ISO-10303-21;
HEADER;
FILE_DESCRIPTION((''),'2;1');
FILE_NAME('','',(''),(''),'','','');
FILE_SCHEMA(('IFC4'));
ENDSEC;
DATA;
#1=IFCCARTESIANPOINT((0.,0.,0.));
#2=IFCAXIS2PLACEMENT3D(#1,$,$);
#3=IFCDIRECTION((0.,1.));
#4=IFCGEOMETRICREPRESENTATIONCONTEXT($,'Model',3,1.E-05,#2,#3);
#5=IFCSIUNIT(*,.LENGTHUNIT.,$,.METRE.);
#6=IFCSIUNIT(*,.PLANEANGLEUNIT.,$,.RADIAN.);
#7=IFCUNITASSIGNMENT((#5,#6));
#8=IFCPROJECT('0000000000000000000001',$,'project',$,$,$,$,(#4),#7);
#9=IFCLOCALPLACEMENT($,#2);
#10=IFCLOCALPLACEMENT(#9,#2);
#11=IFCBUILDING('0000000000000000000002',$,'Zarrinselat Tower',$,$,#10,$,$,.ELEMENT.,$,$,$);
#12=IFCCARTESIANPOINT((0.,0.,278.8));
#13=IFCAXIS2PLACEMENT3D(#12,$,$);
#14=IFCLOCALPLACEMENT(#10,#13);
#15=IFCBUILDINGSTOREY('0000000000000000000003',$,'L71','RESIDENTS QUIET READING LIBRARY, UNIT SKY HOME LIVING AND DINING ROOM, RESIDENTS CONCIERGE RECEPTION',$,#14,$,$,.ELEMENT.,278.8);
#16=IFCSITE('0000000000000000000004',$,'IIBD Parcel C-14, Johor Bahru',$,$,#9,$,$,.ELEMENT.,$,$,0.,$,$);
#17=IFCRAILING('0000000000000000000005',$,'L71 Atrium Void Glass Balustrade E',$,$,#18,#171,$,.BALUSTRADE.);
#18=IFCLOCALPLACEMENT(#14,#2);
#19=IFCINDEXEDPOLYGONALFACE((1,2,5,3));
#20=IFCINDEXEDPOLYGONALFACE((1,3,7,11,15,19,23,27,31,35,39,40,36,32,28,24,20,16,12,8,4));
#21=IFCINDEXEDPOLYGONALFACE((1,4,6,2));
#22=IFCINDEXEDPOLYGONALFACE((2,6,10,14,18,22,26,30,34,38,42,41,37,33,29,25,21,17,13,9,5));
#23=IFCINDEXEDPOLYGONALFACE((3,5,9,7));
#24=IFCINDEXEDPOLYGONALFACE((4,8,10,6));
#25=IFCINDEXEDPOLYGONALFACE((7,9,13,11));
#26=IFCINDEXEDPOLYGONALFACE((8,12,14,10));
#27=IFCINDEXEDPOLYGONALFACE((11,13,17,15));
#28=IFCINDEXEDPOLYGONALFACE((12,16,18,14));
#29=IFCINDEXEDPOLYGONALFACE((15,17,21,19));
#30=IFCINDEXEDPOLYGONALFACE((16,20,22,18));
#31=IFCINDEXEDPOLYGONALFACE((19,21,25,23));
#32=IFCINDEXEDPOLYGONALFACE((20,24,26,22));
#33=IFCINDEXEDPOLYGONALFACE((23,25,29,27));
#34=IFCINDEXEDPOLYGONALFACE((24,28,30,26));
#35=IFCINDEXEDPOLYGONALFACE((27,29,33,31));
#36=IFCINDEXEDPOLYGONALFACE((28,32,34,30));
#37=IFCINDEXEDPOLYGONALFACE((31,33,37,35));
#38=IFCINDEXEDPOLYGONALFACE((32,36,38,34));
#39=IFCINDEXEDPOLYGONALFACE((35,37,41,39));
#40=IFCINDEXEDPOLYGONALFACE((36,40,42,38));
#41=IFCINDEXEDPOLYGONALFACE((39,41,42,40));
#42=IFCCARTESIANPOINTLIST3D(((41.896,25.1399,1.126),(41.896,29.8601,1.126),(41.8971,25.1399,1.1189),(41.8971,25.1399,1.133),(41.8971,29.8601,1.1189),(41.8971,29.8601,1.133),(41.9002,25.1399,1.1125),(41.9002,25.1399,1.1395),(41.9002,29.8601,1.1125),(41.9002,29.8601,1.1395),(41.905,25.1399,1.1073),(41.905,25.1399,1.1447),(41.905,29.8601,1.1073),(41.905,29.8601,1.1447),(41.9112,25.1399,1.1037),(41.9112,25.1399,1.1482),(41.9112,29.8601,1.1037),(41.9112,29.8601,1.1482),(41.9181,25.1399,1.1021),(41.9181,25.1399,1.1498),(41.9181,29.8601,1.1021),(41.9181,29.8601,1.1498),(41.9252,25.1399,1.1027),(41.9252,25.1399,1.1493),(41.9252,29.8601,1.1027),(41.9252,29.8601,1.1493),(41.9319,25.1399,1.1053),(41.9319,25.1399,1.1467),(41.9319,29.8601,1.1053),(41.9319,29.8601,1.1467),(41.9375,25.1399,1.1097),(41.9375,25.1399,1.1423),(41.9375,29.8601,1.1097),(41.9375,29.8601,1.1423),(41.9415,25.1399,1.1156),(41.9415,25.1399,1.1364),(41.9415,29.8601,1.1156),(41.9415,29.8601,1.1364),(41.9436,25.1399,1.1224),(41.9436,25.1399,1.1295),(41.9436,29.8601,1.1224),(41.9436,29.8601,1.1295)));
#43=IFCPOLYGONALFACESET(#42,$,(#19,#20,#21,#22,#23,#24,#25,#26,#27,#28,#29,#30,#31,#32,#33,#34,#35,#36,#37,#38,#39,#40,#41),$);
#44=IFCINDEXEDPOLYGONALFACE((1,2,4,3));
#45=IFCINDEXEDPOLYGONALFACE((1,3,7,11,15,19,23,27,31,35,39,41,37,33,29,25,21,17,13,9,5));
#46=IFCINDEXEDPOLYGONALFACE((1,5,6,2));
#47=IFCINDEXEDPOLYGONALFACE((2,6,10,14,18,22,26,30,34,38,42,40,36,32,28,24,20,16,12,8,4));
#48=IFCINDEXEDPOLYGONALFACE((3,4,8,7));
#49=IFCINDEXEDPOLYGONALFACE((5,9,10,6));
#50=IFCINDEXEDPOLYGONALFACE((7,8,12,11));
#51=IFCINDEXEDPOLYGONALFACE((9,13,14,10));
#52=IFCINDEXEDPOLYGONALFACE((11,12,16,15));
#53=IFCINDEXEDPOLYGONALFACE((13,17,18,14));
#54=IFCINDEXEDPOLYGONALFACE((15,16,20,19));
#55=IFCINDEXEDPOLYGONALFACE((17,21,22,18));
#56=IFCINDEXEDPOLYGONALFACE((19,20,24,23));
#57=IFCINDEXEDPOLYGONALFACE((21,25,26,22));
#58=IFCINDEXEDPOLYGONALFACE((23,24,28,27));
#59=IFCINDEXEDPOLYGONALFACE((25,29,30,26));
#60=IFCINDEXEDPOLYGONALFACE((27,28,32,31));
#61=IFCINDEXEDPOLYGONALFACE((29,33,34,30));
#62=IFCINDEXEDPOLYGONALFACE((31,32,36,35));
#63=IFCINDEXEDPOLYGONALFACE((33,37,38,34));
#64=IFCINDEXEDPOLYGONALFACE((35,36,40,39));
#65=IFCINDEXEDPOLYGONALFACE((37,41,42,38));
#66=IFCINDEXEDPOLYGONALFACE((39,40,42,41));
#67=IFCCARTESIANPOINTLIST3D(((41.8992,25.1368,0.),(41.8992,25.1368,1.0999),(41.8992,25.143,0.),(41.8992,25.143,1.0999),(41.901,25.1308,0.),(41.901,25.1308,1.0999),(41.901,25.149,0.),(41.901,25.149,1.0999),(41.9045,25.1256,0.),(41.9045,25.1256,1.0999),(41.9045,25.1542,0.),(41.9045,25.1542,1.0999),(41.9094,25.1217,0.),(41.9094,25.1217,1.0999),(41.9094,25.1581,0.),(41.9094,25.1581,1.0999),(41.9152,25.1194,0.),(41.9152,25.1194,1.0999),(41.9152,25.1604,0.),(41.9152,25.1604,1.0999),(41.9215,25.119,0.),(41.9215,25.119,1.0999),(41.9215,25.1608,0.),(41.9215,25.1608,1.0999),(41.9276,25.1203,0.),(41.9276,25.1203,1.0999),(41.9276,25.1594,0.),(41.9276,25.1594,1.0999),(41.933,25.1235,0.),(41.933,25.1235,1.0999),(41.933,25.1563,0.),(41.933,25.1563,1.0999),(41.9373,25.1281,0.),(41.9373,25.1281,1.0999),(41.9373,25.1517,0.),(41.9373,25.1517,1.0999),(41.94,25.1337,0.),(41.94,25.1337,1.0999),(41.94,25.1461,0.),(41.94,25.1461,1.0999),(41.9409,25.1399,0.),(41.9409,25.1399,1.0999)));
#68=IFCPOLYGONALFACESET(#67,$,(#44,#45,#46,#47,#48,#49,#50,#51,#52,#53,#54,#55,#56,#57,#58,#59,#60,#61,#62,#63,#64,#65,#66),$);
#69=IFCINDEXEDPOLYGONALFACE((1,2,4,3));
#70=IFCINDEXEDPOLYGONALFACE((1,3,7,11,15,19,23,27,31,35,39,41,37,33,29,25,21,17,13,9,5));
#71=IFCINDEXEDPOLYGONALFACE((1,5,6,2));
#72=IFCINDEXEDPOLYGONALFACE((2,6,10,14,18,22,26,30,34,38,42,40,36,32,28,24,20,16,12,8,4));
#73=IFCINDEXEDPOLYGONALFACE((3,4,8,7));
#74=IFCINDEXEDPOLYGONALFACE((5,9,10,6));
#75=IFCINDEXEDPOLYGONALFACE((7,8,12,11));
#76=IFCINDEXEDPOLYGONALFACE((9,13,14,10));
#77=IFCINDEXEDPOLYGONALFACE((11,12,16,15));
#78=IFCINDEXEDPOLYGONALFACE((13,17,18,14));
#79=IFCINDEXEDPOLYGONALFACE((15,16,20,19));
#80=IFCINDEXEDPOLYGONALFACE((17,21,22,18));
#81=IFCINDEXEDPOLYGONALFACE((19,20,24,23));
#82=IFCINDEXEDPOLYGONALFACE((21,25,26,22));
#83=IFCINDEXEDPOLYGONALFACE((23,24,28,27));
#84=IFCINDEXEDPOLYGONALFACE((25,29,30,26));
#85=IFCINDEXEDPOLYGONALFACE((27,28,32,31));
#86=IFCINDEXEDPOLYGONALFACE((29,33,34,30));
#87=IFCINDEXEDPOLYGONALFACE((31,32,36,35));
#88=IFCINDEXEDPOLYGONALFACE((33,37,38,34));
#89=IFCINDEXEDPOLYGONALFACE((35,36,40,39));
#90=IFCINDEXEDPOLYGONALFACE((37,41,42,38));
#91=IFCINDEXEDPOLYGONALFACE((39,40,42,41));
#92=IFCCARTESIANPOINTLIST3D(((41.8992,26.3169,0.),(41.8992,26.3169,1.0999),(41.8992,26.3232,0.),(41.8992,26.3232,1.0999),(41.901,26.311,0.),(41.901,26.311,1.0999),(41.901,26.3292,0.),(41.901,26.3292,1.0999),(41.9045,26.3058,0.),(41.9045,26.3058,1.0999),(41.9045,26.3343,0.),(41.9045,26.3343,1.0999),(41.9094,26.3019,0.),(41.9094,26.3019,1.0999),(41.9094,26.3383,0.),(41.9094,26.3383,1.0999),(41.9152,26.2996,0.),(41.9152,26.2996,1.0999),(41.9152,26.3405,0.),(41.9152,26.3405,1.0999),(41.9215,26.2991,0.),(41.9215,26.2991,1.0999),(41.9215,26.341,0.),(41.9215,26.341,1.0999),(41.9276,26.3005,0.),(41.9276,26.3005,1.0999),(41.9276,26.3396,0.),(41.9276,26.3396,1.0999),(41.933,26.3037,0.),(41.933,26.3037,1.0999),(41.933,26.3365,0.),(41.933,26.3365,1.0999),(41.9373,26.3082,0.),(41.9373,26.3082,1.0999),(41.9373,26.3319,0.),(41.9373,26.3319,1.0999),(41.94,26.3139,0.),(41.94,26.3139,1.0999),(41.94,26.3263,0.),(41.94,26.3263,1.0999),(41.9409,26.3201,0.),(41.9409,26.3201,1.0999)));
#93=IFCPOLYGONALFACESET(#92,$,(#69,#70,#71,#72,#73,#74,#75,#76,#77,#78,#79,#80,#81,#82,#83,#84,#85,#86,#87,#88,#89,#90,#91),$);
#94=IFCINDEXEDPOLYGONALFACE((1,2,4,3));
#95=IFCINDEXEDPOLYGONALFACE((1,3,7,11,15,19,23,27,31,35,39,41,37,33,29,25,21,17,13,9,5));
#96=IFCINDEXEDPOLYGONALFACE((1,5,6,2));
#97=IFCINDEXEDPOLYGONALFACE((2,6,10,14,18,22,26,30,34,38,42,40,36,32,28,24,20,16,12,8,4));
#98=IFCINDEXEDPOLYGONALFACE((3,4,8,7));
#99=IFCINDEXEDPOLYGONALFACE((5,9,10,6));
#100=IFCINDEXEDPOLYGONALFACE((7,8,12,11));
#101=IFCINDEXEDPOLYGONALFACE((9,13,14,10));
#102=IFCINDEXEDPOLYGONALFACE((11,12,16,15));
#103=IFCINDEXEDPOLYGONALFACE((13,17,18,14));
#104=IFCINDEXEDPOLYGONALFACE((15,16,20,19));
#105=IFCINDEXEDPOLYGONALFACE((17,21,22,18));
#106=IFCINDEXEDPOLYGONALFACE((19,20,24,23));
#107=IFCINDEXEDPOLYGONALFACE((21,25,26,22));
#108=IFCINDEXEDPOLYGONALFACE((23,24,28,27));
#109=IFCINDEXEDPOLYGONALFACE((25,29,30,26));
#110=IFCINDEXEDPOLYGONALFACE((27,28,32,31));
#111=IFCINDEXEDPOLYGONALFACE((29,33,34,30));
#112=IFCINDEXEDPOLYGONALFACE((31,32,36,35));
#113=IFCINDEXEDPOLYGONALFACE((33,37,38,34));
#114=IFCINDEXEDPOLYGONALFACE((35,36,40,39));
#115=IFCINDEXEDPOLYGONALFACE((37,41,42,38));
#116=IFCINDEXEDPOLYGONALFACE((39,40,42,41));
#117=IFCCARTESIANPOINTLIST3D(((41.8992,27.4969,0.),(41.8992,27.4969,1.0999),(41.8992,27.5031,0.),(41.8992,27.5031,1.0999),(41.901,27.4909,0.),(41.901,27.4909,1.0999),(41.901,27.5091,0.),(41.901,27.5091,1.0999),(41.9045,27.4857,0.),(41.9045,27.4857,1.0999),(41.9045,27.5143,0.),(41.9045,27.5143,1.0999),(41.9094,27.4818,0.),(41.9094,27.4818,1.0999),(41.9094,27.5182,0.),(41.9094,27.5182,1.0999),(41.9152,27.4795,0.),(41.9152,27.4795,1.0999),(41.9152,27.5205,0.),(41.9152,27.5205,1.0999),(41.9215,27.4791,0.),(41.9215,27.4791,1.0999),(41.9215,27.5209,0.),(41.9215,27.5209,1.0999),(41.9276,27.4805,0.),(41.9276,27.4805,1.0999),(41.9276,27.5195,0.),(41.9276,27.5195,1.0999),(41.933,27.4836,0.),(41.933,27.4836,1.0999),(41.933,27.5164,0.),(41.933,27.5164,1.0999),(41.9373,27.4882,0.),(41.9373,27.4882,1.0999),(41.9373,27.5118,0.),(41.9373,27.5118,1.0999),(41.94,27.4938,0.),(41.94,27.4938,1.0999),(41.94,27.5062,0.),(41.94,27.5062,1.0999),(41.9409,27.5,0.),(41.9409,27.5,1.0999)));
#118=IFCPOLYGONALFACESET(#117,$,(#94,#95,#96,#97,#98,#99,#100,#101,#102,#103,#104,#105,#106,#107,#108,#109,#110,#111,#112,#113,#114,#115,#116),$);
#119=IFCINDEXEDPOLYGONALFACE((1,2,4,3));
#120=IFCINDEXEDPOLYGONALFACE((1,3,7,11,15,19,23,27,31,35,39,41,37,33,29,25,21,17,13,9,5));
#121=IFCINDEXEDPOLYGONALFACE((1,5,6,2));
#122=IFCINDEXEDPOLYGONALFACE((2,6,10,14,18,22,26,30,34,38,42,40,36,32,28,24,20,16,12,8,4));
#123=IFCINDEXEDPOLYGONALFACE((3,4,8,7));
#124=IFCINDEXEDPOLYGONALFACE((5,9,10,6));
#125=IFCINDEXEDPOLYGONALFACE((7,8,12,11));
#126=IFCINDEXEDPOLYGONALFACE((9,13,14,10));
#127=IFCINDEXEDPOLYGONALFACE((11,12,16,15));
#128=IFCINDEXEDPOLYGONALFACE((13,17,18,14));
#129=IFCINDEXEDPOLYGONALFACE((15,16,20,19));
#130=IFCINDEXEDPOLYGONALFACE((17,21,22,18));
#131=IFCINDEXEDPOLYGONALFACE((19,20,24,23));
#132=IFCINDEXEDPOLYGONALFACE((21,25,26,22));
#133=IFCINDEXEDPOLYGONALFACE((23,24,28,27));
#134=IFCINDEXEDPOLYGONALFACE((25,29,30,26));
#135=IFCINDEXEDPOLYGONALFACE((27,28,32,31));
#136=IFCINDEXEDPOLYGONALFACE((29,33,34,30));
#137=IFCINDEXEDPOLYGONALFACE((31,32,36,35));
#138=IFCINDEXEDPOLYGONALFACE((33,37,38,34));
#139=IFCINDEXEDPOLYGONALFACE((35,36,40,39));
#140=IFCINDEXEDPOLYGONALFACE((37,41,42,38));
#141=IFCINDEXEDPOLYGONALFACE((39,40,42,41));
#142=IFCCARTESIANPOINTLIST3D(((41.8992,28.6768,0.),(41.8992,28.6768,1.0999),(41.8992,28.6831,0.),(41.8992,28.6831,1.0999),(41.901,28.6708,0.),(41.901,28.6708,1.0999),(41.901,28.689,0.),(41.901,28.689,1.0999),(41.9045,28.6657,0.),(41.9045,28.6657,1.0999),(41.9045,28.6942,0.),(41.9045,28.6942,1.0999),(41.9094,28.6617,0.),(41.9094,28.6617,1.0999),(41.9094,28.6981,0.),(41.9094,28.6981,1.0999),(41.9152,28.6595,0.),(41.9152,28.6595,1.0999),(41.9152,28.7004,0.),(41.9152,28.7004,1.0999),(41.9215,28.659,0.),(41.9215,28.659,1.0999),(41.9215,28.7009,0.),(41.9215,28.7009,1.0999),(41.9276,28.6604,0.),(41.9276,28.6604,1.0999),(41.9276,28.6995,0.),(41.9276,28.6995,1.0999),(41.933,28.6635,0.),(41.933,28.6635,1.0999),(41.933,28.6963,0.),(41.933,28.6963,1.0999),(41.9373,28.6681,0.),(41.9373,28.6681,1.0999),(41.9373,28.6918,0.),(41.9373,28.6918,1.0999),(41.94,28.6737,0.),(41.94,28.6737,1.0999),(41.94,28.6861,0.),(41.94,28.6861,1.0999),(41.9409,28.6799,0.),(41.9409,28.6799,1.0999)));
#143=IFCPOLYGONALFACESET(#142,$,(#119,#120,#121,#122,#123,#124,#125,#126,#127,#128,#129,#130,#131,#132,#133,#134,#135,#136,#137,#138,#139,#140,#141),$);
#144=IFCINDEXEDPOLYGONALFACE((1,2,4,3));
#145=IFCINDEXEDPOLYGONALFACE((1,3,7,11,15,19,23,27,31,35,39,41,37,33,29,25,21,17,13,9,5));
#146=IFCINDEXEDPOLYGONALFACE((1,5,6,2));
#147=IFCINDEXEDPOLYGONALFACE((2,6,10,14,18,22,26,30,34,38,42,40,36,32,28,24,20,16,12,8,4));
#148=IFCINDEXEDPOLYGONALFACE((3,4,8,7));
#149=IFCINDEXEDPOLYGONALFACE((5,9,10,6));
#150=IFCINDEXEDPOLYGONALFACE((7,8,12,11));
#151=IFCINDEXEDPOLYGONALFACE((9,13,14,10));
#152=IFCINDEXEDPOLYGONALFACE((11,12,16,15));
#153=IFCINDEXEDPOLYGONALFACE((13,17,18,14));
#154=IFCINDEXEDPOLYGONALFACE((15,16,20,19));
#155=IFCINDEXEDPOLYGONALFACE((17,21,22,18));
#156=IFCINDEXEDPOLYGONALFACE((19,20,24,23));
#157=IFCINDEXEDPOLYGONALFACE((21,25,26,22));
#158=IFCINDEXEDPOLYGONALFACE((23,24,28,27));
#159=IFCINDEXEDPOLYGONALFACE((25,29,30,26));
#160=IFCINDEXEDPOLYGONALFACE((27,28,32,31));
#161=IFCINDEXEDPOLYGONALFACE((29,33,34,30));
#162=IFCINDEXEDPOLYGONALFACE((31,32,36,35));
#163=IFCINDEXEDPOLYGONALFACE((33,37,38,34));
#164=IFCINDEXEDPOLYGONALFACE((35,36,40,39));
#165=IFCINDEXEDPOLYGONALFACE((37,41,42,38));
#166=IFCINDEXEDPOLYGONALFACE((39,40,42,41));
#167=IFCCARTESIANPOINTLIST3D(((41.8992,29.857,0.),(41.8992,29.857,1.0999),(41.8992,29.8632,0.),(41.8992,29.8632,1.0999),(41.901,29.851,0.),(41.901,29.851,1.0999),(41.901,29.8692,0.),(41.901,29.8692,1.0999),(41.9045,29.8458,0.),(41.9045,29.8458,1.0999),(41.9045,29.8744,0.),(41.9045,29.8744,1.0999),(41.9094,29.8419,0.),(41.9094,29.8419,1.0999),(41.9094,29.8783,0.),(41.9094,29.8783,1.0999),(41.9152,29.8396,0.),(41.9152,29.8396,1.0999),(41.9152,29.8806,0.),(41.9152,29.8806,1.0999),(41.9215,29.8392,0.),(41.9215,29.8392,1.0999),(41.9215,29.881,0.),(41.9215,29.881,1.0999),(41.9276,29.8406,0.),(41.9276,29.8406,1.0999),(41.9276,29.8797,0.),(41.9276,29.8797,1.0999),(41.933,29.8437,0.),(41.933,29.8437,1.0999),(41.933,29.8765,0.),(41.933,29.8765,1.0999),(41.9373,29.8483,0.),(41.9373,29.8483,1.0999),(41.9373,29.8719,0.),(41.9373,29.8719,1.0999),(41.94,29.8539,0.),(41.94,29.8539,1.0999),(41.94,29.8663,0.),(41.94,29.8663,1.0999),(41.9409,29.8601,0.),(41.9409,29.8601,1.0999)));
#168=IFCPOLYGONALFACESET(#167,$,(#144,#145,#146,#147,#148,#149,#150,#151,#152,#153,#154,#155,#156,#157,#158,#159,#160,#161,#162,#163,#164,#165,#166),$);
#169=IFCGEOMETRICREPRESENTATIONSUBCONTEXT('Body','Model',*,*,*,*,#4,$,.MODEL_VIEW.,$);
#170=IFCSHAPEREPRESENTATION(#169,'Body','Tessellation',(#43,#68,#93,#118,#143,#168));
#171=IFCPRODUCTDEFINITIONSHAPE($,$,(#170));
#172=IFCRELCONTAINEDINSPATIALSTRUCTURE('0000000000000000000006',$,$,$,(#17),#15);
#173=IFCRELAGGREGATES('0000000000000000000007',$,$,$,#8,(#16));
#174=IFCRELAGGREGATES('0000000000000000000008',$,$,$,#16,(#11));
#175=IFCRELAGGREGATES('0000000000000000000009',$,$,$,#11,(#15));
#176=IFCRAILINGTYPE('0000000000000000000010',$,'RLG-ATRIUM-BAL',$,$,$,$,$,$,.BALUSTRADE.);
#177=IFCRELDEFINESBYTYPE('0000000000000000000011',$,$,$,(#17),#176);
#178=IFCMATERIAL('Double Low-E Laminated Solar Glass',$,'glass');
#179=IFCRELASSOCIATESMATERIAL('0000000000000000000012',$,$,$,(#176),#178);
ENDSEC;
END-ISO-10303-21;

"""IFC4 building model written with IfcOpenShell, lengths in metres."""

from ifc_helpers import new_model, si_unit, direction, frame, origin, origin_2d, place, context, subcontext, project, spatial, circle, extrude, material, type_object, element, save


model = new_model("IFC4")

# Units and contexts
model_context = context("Model", 3, precision=1e-05, world=origin(), true_north=direction((0.0, 1.0)))
body_context = subcontext(model_context, "Body", "Model", "MODEL_VIEW")
ifc_project = project(units=[si_unit("LENGTHUNIT", "METRE"), si_unit("PLANEANGLEUNIT", "RADIAN")], contexts=[model_context])

# Site, building, storey
site_placement = place(None, origin())
site = spatial("IfcSite", under=ifc_project, at=site_placement, Name="IIBD Parcel C-14, Johor Bahru", CompositionType="ELEMENT", RefElevation=0.0)
building_placement = place(site_placement, origin())
building = spatial("IfcBuilding", under=site, at=building_placement, Name="Zarrinselat Tower", CompositionType="ELEMENT")
storey_placement = place(building_placement, frame((0.0, 0.0, 278.8)))
storey = spatial("IfcBuildingStorey", under=building, at=storey_placement, Name="L71", Description="RESIDENTS QUIET READING LIBRARY, UNIT SKY HOME LIVING AND DINING ROOM, RESIDENTS CONCIERGE RECEPTION", CompositionType="ELEMENT", Elevation=278.8)

# Railing
ifc_material_1 = material(Name="Double Low-E Laminated Solar Glass", Category="glass")
railing_type = type_object("IfcRailingType", Name="RLG-ATRIUM-BAL", PredefinedType="BALUSTRADE", material=ifc_material_1)
railing_1_placement = place(storey_placement, frame((41.9199, 25.1399, 0.0)))
element("IfcRailing", 1, at=railing_1_placement, inside=storey, type_object=railing_type, Name="L71 Atrium Void Glass Balustrade E", PredefinedType="BALUSTRADE", context=body_context, shape_type="SweptSolid", body=[
    extrude(circle(Radius=0.0239, at=origin_2d()), frame((0.0, 0.0, 1.126), z_axis=(0.0, 1.0, 0.0), x_axis=(-1.0, 0.0, 0.0)), (0.0, 0.0, 1.0), 4.7202),
    extrude(circle(Radius=0.021, at=origin_2d()), origin(), (0.0, 0.0, 1.0), 1.0999),
    extrude(circle(Radius=0.021, at=origin_2d()), frame((0.0, 1.1802, 0.0)), (0.0, 0.0, 1.0), 1.0999),
    extrude(circle(Radius=0.021, at=origin_2d()), frame((0.0, 2.3601, 0.0)), (0.0, 0.0, 1.0), 1.0999),
    extrude(circle(Radius=0.021, at=origin_2d()), frame((0.0, 3.54, 0.0)), (0.0, 0.0, 1.0), 1.0999),
    extrude(circle(Radius=0.021, at=origin_2d()), frame((0.0, 4.7202, 0.0)), (0.0, 0.0, 1.0), 1.0999),
])

save(model, "model.ifc")
